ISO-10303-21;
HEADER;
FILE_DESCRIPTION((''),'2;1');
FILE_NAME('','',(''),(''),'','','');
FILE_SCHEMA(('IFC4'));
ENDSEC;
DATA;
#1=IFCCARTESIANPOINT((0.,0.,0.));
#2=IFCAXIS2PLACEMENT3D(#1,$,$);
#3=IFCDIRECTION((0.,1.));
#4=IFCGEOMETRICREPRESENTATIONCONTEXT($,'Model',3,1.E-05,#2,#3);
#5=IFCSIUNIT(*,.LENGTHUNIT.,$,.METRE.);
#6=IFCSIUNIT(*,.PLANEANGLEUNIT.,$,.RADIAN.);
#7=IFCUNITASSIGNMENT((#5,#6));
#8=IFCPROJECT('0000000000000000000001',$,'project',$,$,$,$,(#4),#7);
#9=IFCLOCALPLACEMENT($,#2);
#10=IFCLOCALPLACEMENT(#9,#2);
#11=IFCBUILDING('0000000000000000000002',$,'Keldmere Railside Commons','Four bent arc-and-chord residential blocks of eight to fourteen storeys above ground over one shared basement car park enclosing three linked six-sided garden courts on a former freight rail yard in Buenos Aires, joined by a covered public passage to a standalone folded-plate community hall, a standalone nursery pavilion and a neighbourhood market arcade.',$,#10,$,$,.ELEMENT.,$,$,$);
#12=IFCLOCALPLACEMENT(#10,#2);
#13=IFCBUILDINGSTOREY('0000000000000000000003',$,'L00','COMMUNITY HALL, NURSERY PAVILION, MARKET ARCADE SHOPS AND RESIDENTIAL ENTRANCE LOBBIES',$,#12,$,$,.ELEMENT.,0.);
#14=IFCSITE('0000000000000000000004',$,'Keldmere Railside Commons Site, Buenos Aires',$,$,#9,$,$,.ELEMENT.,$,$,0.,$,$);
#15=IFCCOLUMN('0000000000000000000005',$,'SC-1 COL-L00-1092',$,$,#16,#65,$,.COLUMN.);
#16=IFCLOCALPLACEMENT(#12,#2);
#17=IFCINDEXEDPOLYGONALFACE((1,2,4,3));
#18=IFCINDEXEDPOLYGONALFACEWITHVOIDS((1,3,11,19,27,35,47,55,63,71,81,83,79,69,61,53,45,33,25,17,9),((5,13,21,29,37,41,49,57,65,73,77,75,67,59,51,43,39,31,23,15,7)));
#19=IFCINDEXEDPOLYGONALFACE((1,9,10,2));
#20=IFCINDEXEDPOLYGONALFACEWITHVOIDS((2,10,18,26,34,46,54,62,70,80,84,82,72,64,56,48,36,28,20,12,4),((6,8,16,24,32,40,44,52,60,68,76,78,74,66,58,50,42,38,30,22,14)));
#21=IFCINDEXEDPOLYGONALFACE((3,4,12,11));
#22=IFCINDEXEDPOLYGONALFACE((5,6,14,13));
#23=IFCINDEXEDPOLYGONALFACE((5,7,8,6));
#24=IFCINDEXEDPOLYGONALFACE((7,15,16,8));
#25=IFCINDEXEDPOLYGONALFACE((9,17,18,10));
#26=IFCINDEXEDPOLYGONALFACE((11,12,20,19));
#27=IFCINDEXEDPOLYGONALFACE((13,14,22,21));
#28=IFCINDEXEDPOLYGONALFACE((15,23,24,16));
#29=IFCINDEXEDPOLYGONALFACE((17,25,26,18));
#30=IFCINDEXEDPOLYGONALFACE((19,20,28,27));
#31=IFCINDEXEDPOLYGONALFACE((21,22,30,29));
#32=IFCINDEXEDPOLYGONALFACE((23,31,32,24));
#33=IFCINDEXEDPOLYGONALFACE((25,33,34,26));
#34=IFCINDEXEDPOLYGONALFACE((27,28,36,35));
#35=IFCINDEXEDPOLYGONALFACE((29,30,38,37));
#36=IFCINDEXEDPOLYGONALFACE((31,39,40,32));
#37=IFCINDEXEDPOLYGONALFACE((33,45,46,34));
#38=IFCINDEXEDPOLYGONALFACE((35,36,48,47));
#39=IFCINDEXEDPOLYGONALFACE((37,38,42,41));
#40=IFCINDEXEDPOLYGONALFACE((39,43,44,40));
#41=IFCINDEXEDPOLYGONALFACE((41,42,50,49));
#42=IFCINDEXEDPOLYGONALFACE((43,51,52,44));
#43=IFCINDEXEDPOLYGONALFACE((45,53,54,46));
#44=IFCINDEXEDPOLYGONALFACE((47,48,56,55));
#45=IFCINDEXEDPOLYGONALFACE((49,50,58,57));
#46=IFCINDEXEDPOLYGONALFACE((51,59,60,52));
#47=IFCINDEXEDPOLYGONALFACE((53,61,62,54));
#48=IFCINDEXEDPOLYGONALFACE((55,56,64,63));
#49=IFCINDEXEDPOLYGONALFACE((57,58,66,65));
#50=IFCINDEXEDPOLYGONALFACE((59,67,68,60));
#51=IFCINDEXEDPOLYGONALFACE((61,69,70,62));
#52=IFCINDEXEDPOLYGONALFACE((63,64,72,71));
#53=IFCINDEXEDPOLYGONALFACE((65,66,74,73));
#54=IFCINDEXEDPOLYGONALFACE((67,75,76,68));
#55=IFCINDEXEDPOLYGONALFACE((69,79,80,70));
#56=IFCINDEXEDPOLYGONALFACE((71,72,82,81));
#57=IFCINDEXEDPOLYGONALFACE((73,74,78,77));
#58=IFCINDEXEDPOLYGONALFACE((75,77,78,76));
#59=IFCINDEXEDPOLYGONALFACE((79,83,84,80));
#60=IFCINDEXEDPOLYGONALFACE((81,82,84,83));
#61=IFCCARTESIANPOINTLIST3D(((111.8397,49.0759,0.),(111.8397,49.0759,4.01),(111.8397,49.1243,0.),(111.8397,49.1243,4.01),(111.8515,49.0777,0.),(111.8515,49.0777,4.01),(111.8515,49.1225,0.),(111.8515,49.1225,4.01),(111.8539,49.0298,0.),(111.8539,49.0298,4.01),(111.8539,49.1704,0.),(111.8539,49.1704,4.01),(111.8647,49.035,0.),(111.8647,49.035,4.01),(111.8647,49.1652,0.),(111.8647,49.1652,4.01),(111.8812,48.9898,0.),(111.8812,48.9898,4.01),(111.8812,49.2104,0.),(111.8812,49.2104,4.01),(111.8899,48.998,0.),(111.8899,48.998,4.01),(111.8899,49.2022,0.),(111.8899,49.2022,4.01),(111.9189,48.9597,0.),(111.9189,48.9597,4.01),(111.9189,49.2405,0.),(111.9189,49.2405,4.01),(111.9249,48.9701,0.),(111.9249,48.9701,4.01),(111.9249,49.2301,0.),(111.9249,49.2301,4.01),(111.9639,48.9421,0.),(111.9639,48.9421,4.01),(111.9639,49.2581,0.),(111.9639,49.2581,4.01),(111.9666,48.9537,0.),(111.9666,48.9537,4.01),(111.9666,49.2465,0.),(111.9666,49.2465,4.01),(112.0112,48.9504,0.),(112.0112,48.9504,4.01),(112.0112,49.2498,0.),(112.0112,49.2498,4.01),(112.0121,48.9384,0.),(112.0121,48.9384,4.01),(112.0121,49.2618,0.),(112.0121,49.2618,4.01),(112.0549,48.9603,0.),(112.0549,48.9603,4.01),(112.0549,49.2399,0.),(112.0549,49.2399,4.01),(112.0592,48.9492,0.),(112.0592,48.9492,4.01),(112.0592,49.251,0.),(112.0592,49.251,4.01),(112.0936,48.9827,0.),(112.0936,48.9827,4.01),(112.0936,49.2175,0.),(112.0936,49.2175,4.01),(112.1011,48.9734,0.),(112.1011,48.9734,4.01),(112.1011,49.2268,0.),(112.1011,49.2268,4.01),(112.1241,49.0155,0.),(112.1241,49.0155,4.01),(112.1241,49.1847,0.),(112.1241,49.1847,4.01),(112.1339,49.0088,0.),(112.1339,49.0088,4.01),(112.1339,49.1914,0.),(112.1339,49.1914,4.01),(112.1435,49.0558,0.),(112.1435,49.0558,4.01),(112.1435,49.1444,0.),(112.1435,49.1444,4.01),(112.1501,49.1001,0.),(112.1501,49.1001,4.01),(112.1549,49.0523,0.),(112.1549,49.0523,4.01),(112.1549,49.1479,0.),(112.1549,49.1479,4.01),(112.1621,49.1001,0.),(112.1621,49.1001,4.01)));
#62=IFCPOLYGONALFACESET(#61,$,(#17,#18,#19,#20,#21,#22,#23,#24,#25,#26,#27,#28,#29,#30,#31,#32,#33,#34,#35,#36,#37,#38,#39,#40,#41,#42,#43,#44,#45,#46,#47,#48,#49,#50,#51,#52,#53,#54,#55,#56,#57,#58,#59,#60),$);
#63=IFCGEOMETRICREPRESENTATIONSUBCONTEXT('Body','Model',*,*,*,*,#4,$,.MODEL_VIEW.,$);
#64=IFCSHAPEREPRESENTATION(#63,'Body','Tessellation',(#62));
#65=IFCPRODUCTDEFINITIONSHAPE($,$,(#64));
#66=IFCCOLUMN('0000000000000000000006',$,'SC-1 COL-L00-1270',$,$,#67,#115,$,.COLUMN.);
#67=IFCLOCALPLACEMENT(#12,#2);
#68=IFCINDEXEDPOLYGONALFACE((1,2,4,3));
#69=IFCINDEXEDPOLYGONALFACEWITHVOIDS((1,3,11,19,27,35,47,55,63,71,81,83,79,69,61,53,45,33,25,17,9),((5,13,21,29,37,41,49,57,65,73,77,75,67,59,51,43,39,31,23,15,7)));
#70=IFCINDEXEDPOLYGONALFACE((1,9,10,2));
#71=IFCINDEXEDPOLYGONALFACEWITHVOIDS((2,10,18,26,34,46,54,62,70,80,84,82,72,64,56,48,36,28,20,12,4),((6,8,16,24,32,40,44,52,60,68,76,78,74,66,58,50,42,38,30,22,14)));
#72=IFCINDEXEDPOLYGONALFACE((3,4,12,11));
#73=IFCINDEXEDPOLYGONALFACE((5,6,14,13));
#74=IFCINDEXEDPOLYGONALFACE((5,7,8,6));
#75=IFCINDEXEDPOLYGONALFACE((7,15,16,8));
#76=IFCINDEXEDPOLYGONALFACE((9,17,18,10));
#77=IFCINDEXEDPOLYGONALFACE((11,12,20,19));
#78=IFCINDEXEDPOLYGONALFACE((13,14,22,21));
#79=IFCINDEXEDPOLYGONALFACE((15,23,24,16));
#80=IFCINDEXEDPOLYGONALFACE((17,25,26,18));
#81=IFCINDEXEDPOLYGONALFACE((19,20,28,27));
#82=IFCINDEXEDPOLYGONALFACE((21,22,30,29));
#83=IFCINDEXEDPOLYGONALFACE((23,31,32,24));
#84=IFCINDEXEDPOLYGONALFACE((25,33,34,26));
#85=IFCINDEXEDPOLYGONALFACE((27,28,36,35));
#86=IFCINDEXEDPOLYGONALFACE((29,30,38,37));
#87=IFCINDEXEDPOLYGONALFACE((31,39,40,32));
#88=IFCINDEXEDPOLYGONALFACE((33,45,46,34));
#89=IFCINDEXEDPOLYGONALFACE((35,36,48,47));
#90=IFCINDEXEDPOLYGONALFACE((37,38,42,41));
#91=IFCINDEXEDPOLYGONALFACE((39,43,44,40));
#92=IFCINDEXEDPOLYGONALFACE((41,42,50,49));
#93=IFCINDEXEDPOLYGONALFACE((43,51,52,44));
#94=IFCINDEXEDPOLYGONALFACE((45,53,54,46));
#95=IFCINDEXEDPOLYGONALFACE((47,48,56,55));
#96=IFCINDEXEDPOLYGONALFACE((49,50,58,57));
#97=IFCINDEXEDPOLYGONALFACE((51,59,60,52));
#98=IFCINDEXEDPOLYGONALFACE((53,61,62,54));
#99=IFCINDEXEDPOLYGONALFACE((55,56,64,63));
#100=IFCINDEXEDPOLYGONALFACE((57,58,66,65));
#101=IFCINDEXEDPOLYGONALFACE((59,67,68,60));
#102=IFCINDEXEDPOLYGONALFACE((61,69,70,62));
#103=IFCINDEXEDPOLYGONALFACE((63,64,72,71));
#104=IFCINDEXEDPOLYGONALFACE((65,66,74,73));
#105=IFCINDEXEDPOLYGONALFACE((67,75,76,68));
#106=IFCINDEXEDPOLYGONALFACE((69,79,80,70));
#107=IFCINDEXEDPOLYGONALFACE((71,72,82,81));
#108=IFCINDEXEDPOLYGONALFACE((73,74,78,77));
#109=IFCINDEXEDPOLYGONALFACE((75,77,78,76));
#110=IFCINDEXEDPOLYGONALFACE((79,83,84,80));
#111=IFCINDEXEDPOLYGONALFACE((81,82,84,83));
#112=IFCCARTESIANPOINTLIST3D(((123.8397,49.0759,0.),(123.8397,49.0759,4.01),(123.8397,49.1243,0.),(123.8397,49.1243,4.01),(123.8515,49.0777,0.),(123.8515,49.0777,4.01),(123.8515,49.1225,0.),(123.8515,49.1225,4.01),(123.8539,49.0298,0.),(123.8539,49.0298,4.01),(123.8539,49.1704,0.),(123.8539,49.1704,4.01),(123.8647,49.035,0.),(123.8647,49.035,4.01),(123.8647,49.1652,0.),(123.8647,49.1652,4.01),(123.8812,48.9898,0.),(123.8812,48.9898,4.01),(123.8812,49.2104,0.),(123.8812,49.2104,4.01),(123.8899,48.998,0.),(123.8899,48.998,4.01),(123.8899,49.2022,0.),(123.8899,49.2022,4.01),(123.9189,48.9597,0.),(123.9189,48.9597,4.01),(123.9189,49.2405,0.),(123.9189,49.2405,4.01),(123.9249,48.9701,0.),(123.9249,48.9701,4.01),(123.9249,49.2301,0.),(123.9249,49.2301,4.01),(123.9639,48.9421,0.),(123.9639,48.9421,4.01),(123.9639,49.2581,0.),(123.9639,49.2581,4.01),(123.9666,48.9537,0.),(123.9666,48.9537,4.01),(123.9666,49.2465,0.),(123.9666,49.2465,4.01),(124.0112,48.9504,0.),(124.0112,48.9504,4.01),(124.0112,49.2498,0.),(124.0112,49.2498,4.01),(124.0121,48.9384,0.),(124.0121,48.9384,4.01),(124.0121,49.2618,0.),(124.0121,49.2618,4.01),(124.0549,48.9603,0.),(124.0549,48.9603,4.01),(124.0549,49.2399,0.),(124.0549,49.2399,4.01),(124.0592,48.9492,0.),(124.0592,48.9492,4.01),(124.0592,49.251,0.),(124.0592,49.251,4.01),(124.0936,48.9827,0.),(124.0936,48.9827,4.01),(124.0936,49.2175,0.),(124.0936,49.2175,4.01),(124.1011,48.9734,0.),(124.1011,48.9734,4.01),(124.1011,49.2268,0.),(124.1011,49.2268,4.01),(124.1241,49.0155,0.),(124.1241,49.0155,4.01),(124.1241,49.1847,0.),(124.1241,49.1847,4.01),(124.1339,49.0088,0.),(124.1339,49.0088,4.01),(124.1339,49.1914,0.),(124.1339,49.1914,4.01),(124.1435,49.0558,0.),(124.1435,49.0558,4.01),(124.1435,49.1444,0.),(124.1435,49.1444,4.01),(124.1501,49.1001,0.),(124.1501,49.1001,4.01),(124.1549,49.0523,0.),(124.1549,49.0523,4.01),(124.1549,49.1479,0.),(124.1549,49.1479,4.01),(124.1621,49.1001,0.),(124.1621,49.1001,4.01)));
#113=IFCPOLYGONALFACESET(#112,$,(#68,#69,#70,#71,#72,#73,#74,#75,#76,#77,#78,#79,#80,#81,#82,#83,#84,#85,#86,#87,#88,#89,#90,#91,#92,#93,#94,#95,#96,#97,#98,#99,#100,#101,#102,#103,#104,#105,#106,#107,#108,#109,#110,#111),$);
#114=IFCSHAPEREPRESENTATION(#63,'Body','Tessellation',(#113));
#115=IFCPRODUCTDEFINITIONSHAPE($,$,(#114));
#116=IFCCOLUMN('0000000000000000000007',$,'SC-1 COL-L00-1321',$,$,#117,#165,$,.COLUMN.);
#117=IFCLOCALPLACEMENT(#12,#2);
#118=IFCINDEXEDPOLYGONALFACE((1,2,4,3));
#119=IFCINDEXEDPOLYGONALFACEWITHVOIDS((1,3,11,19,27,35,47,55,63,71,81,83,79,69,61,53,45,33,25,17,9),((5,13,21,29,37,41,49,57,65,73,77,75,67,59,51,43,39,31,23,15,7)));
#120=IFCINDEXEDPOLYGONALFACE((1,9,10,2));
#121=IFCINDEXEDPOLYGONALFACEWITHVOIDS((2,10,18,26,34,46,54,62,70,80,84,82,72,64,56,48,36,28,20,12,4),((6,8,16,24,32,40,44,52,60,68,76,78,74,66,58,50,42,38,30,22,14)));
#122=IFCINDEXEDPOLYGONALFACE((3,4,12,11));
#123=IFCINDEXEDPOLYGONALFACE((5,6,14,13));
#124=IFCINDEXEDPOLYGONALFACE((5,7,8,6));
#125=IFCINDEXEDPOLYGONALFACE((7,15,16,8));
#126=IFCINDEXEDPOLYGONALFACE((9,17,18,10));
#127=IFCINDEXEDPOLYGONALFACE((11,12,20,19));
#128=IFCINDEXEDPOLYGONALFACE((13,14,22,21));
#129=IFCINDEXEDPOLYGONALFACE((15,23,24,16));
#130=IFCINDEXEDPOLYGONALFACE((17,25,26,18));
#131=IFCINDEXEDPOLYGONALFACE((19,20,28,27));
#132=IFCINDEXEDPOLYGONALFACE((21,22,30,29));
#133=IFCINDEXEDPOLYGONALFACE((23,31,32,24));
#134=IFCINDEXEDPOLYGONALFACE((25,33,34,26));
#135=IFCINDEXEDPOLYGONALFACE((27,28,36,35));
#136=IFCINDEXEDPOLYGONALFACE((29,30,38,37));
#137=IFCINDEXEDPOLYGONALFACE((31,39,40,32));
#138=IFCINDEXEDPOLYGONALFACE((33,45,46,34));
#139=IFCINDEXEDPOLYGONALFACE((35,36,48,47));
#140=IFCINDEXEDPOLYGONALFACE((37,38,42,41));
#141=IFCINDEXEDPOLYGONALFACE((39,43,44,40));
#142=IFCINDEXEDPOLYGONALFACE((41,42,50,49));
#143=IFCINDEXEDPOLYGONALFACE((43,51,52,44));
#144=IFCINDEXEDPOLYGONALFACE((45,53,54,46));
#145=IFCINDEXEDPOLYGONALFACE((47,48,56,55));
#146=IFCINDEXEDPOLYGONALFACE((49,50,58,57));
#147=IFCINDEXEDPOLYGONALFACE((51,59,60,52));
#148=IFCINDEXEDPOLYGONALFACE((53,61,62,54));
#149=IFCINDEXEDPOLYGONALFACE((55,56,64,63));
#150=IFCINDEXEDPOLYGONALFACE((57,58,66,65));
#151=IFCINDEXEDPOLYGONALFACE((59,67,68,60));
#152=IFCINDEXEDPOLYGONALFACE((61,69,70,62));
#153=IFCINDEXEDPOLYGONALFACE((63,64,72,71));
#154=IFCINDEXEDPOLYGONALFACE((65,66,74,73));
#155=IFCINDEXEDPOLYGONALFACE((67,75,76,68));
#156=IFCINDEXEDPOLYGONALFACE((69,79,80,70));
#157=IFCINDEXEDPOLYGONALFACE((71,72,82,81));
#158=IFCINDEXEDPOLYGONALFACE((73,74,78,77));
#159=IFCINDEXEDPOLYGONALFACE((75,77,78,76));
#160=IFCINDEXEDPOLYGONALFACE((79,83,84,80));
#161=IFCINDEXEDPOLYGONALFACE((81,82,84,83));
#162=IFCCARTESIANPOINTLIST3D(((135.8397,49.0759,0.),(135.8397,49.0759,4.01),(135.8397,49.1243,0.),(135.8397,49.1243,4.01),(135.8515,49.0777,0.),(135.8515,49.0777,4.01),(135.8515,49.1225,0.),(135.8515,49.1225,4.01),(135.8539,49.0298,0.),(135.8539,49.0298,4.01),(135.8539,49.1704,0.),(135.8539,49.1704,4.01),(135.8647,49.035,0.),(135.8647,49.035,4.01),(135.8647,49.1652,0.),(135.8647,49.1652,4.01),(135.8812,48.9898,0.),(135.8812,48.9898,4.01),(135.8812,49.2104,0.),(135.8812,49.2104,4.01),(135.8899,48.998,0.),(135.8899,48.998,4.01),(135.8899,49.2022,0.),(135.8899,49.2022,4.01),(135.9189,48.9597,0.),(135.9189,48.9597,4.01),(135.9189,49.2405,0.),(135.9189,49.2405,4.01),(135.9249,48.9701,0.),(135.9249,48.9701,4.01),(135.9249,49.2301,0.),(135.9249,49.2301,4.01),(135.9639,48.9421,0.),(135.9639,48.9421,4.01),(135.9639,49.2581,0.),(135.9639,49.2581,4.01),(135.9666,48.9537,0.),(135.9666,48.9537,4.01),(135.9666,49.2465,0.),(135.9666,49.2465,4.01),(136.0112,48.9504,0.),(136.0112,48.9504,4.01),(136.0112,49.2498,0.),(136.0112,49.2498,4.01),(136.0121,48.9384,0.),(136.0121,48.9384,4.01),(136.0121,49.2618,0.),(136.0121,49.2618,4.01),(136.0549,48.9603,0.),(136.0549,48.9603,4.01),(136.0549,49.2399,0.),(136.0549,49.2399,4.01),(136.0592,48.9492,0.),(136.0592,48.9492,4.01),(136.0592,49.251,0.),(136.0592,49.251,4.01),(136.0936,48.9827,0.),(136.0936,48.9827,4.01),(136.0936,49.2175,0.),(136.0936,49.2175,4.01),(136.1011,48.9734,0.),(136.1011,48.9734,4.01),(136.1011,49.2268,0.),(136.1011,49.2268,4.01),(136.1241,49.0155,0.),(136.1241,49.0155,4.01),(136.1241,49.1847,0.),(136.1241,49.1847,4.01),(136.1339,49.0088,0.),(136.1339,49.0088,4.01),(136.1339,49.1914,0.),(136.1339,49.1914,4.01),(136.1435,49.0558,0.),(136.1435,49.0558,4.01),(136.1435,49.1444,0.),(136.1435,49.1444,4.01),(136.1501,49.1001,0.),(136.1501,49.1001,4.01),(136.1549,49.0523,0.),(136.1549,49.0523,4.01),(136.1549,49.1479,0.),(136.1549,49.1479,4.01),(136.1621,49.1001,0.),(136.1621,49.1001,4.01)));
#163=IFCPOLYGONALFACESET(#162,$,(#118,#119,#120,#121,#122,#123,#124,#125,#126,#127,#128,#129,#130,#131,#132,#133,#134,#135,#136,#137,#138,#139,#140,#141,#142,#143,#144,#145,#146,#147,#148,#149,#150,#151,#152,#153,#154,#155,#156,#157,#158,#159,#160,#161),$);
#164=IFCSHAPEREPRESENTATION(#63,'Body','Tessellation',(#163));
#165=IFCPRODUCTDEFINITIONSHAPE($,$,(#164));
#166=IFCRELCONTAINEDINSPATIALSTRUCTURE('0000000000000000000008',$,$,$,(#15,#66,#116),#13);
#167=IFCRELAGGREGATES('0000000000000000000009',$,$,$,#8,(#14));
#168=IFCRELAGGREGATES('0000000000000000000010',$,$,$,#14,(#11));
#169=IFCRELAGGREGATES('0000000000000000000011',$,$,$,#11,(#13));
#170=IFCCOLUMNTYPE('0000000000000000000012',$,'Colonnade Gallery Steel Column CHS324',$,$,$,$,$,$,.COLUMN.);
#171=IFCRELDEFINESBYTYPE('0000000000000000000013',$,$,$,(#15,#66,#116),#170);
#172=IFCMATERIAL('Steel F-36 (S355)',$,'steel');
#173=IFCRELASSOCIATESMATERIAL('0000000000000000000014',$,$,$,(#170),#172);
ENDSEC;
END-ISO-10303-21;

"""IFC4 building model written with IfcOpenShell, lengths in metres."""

from ifc_helpers import new_model, si_unit, direction, frame, origin, origin_2d, place, context, subcontext, project, spatial, hollow_circle, extrude, material, material_profile, profile_set, type_object, element, save


model = new_model("IFC4")

# Units and contexts
model_context = context("Model", 3, precision=1e-05, world=origin(), true_north=direction((0.0, 1.0)))
body_context = subcontext(model_context, "Body", "Model", "MODEL_VIEW")
ifc_project = project(units=[si_unit("LENGTHUNIT", "METRE"), si_unit("PLANEANGLEUNIT", "RADIAN")], contexts=[model_context])

# Site, building, storey
site_placement = place(None, origin())
site = spatial("IfcSite", under=ifc_project, at=site_placement, Name="Keldmere Railside Commons Site, Buenos Aires", CompositionType="ELEMENT", RefElevation=0.0)
building_placement = place(site_placement, origin())
building = spatial("IfcBuilding", under=site, at=building_placement, Name="Keldmere Railside Commons", Description="Four bent arc-and-chord residential blocks of eight to fourteen storeys above ground over one shared basement car park enclosing three linked six-sided garden courts on a former freight rail yard in Buenos Aires, joined by a covered public passage to a standalone folded-plate community hall, a standalone nursery pavilion and a neighbourhood market arcade.", CompositionType="ELEMENT")
storey_placement = place(building_placement, origin())
storey = spatial("IfcBuildingStorey", under=building, at=storey_placement, Name="L00", Description="COMMUNITY HALL, NURSERY PAVILION, MARKET ARCADE SHOPS AND RESIDENTIAL ENTRANCE LOBBIES", CompositionType="ELEMENT", Elevation=0.0)

# Columns
ifc_material = material(Name="Steel F-36 (S355)", Category="steel")
ifc_material_profile_1 = material_profile(ifc_material, hollow_circle(Radius=0.1621, WallThickness=0.012, at=origin_2d()), Name="CHS-324x12")
ifc_profile_set_1 = profile_set([ifc_material_profile_1], Name="Steel F-36 (S355)")
column_type_1 = type_object("IfcColumnType", Name="Colonnade Gallery Steel Column CHS324", PredefinedType="COLUMN", material=ifc_profile_set_1)
for number, where, z_axis, x_axis, name in (
    (1, (112.0, 49.1001, 0.0), (0.0, 0.0, 1.0), (1.0, 0.0, 0.0), "SC-1 COL-L00-1092"),
    (2, (124.0, 49.1001, 0.0), (0.0, 0.0, 1.0), (1.0, 0.0, 0.0), "SC-1 COL-L00-1270"),
    (3, (136.0, 49.1001, 0.0), (0.0, 0.0, 1.0), (1.0, 0.0, 0.0), "SC-1 COL-L00-1321"),
):
    element("IfcColumn", number, at=place(storey_placement, frame(where, z_axis=z_axis, x_axis=x_axis)), inside=storey, type_object=column_type_1, Name=name, PredefinedType="COLUMN", context=body_context, shape_type="SweptSolid", body=[
        extrude(hollow_circle(Radius=0.1621, WallThickness=0.012, at=origin_2d()), origin(), (0.0, 0.0, 1.0), 4.01),
    ])

save(model, "model.ifc")
